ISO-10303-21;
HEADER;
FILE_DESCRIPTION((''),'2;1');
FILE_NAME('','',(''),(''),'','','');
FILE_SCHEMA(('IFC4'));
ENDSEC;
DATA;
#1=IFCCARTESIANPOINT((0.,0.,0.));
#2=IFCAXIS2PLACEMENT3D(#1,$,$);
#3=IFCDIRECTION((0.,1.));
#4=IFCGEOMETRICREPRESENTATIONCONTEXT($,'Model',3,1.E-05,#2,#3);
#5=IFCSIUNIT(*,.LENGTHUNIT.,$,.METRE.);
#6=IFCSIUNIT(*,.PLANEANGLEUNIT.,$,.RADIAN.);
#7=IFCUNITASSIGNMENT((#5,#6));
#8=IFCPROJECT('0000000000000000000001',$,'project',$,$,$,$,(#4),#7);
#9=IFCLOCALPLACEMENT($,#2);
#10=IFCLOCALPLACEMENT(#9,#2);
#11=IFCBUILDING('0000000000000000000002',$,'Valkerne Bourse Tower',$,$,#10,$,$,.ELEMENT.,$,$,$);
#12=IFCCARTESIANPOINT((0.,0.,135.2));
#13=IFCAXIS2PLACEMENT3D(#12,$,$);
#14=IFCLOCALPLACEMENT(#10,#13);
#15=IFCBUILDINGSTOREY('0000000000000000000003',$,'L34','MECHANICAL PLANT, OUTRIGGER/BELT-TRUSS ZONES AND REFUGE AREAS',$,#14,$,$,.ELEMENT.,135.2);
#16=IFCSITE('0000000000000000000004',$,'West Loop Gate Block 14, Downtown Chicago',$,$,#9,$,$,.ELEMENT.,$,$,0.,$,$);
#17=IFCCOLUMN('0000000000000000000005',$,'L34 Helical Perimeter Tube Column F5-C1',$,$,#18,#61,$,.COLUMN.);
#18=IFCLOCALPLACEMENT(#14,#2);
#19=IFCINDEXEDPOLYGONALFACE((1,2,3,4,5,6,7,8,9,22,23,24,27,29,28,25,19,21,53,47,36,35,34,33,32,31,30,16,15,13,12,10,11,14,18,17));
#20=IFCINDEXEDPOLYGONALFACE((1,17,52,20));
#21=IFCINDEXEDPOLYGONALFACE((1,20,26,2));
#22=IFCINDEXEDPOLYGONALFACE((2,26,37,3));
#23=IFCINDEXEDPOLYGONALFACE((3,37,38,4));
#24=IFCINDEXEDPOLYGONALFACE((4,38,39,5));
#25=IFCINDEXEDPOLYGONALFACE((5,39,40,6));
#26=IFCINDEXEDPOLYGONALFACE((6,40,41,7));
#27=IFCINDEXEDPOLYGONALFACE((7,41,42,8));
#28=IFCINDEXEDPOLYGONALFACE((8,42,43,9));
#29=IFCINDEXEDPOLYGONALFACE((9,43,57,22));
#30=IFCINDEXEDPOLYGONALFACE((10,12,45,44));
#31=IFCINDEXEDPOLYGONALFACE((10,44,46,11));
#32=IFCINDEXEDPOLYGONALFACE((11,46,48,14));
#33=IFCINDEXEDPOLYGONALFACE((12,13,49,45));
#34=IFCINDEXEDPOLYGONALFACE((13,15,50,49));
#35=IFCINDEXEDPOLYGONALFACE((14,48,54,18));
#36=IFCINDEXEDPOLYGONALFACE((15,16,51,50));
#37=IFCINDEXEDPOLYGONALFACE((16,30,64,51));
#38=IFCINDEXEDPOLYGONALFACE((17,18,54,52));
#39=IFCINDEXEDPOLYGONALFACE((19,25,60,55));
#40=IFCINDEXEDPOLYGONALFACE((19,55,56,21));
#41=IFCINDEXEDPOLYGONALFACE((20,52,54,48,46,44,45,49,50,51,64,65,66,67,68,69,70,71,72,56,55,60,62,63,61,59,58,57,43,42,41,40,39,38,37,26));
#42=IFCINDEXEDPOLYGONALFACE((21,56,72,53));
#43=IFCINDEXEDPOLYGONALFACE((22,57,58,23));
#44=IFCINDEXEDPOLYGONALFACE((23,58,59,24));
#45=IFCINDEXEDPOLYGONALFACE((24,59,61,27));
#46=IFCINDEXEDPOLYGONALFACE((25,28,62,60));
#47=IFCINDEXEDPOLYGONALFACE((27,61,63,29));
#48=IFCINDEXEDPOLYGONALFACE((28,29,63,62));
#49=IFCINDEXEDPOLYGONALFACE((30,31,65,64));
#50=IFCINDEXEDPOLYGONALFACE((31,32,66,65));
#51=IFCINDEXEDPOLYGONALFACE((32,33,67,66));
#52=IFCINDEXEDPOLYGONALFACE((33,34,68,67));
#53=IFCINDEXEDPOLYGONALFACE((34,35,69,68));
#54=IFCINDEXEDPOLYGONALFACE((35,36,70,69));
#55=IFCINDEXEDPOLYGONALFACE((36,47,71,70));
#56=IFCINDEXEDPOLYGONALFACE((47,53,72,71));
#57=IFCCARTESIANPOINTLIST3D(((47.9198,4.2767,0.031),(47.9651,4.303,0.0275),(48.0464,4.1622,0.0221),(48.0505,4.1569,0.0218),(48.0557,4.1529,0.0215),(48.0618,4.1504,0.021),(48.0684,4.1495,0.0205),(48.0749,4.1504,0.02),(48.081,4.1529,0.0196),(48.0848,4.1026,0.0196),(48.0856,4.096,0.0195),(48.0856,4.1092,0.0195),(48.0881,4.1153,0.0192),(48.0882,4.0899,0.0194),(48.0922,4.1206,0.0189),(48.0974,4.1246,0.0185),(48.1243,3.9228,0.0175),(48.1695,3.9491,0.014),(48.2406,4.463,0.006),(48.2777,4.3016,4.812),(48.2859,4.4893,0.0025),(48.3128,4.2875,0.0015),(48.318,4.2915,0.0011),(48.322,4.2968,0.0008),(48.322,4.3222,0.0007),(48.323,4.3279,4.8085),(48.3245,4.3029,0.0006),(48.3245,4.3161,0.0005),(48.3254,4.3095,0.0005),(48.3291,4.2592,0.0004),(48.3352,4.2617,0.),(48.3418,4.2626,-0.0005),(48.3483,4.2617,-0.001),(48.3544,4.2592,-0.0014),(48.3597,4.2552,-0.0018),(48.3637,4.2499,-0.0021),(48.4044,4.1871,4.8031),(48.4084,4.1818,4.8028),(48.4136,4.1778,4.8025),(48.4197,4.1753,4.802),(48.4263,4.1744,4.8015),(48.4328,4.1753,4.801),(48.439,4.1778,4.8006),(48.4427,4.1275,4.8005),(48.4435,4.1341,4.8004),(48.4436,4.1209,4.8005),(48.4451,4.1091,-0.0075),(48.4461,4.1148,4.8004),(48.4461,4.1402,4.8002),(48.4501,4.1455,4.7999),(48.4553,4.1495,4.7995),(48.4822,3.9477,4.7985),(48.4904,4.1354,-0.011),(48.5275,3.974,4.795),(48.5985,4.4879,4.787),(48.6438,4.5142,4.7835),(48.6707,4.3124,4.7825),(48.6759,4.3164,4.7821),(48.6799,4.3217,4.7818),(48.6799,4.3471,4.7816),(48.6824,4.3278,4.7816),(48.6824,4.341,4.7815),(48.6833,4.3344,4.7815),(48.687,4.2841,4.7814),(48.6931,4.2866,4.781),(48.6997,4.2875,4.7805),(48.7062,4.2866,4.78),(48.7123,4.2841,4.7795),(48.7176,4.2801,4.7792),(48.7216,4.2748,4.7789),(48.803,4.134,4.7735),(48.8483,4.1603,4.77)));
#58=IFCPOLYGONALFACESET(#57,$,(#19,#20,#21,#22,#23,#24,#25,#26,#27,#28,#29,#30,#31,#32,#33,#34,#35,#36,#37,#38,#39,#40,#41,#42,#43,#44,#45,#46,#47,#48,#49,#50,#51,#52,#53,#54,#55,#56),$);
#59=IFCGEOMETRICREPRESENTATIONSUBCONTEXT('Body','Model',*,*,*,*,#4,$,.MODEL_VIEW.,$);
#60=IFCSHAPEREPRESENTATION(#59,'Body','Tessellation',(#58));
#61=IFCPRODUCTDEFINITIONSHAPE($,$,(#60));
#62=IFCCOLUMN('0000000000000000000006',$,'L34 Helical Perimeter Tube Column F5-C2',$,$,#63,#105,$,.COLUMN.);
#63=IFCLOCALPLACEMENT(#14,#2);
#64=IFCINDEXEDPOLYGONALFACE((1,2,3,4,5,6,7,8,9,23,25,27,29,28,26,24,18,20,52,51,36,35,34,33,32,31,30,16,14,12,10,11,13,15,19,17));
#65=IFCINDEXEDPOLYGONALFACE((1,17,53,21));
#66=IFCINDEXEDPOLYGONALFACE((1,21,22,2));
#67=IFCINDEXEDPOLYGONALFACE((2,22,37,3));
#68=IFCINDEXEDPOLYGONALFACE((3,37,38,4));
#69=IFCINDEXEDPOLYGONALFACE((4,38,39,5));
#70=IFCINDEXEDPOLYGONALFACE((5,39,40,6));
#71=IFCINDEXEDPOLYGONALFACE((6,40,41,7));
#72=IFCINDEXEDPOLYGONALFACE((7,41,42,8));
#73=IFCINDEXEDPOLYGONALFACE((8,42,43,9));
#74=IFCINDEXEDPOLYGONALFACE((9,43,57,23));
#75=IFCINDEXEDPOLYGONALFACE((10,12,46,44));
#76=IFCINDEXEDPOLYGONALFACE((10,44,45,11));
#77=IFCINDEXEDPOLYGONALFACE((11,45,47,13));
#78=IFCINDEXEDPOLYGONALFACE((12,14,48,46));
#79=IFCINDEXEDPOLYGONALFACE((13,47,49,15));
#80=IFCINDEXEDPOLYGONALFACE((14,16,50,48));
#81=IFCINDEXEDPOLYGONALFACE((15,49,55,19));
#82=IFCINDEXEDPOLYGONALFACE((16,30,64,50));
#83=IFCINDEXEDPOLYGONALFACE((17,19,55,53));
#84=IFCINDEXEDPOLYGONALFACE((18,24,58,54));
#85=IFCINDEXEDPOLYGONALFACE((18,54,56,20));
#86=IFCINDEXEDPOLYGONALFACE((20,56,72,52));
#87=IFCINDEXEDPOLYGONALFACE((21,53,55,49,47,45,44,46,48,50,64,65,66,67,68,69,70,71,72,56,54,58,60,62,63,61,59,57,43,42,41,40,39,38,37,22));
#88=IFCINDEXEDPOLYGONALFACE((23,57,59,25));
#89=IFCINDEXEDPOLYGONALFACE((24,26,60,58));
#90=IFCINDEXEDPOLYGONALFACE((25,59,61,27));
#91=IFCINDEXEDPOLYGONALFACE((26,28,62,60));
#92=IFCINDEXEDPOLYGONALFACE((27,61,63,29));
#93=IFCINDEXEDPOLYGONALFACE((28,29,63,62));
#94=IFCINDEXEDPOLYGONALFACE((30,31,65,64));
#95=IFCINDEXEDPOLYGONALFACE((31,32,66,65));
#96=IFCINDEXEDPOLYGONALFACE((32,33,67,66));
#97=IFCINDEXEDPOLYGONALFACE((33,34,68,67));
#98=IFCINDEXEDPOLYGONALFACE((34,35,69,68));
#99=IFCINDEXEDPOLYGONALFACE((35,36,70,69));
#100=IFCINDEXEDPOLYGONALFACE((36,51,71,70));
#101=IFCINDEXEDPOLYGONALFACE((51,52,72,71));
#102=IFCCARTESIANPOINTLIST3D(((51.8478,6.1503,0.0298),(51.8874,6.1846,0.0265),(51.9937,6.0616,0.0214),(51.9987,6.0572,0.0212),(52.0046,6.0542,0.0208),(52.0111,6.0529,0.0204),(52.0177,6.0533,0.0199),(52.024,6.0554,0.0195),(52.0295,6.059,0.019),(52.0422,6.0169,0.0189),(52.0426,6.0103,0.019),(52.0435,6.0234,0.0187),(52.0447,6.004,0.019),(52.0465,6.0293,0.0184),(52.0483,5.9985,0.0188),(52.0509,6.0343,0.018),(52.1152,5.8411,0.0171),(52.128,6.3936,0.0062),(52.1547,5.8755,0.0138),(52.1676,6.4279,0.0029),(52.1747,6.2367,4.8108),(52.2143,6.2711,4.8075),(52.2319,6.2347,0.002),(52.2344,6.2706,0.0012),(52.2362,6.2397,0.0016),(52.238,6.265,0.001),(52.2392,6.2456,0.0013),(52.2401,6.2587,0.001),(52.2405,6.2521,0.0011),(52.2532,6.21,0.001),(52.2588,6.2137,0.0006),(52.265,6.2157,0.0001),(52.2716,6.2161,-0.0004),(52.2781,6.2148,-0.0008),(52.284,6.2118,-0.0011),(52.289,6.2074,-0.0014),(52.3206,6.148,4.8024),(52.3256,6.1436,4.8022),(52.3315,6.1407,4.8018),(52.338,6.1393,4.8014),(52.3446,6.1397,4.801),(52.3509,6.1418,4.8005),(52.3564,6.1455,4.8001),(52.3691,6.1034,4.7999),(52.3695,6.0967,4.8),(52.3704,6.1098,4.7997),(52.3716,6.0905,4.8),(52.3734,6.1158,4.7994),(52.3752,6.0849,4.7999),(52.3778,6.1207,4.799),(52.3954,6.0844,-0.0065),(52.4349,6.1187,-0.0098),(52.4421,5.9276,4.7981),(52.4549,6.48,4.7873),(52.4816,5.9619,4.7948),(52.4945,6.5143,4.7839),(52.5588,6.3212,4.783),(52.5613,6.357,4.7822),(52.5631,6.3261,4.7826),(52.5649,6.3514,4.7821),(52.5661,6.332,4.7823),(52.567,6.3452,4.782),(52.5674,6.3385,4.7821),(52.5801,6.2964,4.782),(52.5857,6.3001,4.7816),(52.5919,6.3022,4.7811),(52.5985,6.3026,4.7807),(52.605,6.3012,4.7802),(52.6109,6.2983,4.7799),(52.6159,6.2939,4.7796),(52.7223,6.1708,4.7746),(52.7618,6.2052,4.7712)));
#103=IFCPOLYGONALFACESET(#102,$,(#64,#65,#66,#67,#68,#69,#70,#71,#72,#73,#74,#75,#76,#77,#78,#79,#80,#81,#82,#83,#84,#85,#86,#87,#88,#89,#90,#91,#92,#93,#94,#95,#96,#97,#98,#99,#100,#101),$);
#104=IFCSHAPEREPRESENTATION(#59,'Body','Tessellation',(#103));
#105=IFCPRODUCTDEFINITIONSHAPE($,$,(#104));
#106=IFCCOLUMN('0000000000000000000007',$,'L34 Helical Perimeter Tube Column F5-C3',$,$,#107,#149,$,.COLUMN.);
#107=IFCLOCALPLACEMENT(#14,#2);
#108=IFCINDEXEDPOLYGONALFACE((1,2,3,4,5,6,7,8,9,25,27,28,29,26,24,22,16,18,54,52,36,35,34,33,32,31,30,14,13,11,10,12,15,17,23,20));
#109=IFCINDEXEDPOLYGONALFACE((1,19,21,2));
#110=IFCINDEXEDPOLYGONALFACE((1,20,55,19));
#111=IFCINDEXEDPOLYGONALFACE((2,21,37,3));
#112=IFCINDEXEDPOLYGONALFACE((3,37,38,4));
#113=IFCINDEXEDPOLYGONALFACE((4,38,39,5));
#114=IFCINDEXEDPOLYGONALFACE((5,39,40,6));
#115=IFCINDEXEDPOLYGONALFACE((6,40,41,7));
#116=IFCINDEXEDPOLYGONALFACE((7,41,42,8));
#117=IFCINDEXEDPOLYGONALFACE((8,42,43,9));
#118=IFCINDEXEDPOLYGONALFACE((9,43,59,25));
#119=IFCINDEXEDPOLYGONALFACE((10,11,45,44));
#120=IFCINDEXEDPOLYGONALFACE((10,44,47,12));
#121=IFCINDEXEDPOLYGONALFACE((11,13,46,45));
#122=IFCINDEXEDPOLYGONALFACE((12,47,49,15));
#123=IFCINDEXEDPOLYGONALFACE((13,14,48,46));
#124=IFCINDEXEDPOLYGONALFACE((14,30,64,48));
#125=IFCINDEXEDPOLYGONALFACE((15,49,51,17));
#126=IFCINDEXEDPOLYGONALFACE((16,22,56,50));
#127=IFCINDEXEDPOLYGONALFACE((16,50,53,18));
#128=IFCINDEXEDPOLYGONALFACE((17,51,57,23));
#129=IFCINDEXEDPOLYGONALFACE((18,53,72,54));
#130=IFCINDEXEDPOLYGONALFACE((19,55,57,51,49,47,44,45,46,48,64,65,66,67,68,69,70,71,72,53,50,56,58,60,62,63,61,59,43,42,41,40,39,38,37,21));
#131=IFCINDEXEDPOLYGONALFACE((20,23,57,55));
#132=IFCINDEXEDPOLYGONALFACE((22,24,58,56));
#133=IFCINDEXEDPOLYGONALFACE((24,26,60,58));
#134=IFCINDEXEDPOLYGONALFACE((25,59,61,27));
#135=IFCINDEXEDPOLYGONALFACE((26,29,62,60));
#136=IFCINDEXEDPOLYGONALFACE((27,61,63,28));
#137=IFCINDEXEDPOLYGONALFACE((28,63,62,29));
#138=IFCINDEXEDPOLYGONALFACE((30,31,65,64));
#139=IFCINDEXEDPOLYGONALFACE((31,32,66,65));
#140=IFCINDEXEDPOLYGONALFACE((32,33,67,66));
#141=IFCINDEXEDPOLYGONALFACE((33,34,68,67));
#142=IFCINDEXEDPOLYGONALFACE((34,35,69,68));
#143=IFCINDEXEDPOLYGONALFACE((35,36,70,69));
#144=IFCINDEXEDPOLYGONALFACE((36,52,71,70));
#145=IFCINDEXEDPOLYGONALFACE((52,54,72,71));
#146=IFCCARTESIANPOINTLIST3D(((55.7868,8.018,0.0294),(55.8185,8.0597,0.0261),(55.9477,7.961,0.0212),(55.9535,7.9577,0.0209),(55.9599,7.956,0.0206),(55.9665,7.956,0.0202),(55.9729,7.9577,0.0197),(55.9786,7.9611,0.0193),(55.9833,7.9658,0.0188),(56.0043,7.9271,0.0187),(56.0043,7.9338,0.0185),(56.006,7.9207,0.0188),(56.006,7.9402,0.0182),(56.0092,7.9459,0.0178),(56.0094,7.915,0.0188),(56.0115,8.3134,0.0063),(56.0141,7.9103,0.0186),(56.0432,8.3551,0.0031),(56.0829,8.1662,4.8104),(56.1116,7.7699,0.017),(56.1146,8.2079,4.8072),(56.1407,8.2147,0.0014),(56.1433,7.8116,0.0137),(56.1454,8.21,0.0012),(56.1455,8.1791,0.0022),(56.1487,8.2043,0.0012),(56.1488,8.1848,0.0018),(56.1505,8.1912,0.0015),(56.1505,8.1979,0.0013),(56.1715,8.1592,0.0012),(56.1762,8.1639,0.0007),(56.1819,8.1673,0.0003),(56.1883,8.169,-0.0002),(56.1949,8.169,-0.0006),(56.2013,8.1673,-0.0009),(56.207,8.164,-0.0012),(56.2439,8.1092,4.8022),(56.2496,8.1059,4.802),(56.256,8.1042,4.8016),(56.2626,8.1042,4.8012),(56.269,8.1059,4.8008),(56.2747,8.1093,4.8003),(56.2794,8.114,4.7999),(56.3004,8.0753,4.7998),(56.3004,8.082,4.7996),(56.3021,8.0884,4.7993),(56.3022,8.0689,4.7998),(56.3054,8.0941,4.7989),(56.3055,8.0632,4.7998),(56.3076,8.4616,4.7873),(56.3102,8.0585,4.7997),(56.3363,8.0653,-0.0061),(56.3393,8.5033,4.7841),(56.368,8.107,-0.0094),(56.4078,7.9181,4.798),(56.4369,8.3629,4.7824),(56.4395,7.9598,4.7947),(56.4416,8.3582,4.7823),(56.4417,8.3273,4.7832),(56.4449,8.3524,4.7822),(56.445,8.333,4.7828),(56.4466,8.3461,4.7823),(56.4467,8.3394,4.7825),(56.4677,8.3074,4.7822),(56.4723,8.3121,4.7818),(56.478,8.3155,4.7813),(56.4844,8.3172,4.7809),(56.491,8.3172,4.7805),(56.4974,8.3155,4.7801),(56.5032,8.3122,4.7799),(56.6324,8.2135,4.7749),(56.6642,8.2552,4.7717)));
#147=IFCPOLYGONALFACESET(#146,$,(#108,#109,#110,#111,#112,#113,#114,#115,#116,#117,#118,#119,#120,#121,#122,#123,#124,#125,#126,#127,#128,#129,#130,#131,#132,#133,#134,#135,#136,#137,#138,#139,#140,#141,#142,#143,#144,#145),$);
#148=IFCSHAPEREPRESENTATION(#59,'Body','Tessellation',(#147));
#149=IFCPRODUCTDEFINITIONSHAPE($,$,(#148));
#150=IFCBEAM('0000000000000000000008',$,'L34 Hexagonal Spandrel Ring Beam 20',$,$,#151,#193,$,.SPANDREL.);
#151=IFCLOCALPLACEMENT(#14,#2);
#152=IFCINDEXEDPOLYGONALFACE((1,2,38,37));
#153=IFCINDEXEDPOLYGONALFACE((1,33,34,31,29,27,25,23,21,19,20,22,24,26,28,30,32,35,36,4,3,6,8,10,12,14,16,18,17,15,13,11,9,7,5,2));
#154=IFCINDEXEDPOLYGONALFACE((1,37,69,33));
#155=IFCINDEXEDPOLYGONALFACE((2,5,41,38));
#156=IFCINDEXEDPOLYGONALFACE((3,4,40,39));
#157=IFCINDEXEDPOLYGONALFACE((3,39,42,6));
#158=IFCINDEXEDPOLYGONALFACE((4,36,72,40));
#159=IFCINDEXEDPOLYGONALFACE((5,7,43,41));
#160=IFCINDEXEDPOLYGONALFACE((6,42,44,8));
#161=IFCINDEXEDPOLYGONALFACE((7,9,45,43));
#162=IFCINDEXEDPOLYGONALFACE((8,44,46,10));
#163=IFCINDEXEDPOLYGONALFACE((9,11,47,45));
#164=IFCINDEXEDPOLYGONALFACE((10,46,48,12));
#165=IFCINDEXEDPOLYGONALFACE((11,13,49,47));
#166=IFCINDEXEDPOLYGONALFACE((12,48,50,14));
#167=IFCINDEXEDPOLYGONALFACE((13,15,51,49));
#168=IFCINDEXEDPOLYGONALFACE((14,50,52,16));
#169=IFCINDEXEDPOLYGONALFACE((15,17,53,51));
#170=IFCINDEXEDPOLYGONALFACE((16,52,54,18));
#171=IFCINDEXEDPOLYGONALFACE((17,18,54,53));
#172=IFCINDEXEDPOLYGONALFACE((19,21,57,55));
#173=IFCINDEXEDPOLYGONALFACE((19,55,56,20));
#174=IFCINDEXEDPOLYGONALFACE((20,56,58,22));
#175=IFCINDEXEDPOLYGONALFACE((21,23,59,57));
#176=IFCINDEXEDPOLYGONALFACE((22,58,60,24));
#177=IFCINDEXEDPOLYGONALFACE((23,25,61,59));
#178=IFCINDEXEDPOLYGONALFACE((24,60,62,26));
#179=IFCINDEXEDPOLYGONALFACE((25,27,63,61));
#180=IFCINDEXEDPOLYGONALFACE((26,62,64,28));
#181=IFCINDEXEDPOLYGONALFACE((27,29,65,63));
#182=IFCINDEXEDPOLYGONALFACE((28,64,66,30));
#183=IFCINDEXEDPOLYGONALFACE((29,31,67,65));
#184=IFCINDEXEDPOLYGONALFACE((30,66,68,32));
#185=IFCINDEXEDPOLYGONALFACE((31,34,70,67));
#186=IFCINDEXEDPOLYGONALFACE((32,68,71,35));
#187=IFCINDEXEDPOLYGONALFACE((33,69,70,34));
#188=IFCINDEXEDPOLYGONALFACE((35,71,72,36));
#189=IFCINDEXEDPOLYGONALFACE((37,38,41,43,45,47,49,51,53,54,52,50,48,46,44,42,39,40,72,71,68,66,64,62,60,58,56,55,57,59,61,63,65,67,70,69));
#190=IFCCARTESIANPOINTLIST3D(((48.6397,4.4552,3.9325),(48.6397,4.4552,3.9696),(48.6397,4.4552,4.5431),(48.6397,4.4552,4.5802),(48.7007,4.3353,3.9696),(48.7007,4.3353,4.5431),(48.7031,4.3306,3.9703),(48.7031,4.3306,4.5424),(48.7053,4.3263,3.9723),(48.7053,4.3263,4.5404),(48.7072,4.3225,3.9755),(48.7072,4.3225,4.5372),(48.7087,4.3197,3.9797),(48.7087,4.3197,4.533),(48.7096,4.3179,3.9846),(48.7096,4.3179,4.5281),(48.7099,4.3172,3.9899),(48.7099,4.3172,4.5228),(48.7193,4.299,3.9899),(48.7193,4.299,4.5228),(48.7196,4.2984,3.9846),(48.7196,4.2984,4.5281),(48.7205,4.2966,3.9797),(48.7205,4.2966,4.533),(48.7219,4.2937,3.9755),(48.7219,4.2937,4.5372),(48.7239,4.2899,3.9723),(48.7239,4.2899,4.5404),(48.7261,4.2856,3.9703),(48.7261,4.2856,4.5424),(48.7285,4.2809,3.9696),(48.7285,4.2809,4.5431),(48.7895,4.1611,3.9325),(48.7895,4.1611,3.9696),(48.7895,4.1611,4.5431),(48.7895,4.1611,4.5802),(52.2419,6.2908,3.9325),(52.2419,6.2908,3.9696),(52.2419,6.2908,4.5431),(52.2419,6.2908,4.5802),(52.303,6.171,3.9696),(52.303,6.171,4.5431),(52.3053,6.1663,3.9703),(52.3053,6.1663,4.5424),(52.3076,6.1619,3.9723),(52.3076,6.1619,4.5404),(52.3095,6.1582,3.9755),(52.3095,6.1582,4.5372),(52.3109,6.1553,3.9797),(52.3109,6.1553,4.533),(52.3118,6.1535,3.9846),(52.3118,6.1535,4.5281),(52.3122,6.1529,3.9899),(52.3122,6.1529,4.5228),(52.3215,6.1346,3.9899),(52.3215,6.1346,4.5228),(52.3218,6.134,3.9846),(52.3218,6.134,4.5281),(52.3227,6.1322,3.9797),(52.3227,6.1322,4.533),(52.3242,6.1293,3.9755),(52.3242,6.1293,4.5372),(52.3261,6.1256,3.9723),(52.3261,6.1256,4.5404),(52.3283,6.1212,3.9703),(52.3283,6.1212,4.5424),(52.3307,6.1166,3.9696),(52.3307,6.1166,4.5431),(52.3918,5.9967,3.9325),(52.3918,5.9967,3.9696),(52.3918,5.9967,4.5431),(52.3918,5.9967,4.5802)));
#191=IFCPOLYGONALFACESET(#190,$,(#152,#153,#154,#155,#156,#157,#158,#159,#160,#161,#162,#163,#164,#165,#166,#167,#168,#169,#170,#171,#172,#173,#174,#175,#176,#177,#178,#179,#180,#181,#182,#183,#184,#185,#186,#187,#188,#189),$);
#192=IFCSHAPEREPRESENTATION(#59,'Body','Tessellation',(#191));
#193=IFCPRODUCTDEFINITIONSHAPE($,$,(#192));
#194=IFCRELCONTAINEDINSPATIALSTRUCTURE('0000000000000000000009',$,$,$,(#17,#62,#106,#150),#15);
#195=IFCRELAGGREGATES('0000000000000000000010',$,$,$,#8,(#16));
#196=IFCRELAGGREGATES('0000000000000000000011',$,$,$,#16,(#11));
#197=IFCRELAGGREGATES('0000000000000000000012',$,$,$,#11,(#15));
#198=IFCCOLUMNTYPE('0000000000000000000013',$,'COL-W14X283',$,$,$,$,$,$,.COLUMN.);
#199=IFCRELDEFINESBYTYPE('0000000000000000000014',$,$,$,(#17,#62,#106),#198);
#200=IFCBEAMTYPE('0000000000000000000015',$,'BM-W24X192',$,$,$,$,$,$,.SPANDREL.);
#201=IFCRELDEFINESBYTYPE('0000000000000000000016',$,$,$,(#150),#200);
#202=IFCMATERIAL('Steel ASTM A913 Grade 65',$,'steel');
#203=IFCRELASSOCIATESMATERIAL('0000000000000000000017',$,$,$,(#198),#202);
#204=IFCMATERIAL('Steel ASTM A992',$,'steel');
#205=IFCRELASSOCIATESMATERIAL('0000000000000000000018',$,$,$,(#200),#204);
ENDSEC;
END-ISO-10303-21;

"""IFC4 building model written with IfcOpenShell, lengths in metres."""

from ifc_helpers import new_model, si_unit, direction, frame, origin, origin_2d, place, context, subcontext, project, spatial, i_section, extrude, material, material_profile, profile_set, type_object, element, save


model = new_model("IFC4")

# Units and contexts
model_context = context("Model", 3, precision=1e-05, world=origin(), true_north=direction((0.0, 1.0)))
body_context = subcontext(model_context, "Body", "Model", "MODEL_VIEW")
ifc_project = project(units=[si_unit("LENGTHUNIT", "METRE"), si_unit("PLANEANGLEUNIT", "RADIAN")], contexts=[model_context])

# Site, building, storey
site_placement = place(None, origin())
site = spatial("IfcSite", under=ifc_project, at=site_placement, Name="West Loop Gate Block 14, Downtown Chicago", CompositionType="ELEMENT", RefElevation=0.0)
building_placement = place(site_placement, origin())
building = spatial("IfcBuilding", under=site, at=building_placement, Name="Valkerne Bourse Tower", CompositionType="ELEMENT")
storey_placement = place(building_placement, frame((0.0, 0.0, 135.2)))
storey = spatial("IfcBuildingStorey", under=building, at=storey_placement, Name="L34", Description="MECHANICAL PLANT, OUTRIGGER/BELT-TRUSS ZONES AND REFUGE AREAS", CompositionType="ELEMENT", Elevation=135.2)

# Columns
ifc_material_1 = material(Name="Steel ASTM A913 Grade 65", Category="steel")
ifc_material_profile_1 = material_profile(ifc_material_1, i_section(OverallWidth=0.4089, OverallDepth=0.4243, WebThickness=0.0327, FlangeThickness=0.0525, FilletRadius=0.0254, at=origin_2d()), Name="W14X283")
ifc_profile_set_1 = profile_set([ifc_material_profile_1], Name="Steel ASTM A913 Grade 65")
column_type = type_object("IfcColumnType", Name="COL-W14X283", PredefinedType="COLUMN", material=ifc_profile_set_1)
column_1_placement = place(storey_placement, frame((48.2051, 4.2061, 0.01), z_axis=(0.074651, 0.005194, 0.997196), x_axis=(-0.499979, 0.865412, 0.032921)))
element("IfcColumn", 1, at=column_1_placement, inside=storey, type_object=column_type, Name="L34 Helical Perimeter Tube Column F5-C1", PredefinedType="COLUMN", context=body_context, shape_type="SweptSolid", body=[
    extrude(i_section(OverallWidth=0.4089, OverallDepth=0.4243, WebThickness=0.0327, FlangeThickness=0.0525, FilletRadius=0.0254, at=origin_2d()), origin(), (0.0, 0.0, 1.0), 4.7944),
])
column_2_placement = place(storey_placement, frame((52.1414, 6.1345, 0.01), z_axis=(0.068205, 0.018032, 0.997508), x_axis=(-0.653798, 0.756033, 0.031037)))
element("IfcColumn", 2, at=column_2_placement, inside=storey, type_object=column_type, Name="L34 Helical Perimeter Tube Column F5-C2", PredefinedType="COLUMN", context=body_context, shape_type="SweptSolid", body=[
    extrude(i_section(OverallWidth=0.4089, OverallDepth=0.4243, WebThickness=0.0327, FlangeThickness=0.0525, FilletRadius=0.0254, at=origin_2d()), origin(), (0.0, 0.0, 1.0), 4.793),
])
column_3_placement = place(storey_placement, frame((56.0774, 8.0625, 0.01), z_axis=(0.061793, 0.030922, 0.99761), x_axis=(-0.794363, 0.606682, 0.030399)))
element("IfcColumn", 3, at=column_3_placement, inside=storey, type_object=column_type, Name="L34 Helical Perimeter Tube Column F5-C3", PredefinedType="COLUMN", context=body_context, shape_type="SweptSolid", body=[
    extrude(i_section(OverallWidth=0.4089, OverallDepth=0.4243, WebThickness=0.0327, FlangeThickness=0.0525, FilletRadius=0.0254, at=origin_2d()), origin(), (0.0, 0.0, 1.0), 4.7925),
])

# Beam
ifc_material_2 = material(Name="Steel ASTM A992", Category="steel")
ifc_material_profile_2 = material_profile(ifc_material_2, i_section(OverallWidth=0.3301, OverallDepth=0.6477, WebThickness=0.0205, FlangeThickness=0.0371, FilletRadius=0.0203, at=origin_2d()), Name="W24X192")
ifc_profile_set_2 = profile_set([ifc_material_profile_2], Name="Steel ASTM A992")
beam_type_1 = type_object("IfcBeamType", Name="BM-W24X192", PredefinedType="SPANDREL", material=ifc_profile_set_2)
for number, where, z_axis, x_axis, name in (
    (4, (48.7146, 4.3081, 4.2563), (0.890983, 0.454036, 0.0), (-0.454036, 0.890983, 0.0), "L34 Hexagonal Spandrel Ring Beam 20"),
):
    element("IfcBeam", number, at=place(storey_placement, frame(where, z_axis=z_axis, x_axis=x_axis)), inside=storey, type_object=beam_type_1, Name=name, PredefinedType="SPANDREL", context=body_context, shape_type="SweptSolid", body=[
        extrude(i_section(OverallWidth=0.3301, OverallDepth=0.6477, WebThickness=0.0205, FlangeThickness=0.0371, FilletRadius=0.0203, at=origin_2d()), origin(), (0.0, 0.0, 1.0), 4.043),
    ])

save(model, "model.ifc")
